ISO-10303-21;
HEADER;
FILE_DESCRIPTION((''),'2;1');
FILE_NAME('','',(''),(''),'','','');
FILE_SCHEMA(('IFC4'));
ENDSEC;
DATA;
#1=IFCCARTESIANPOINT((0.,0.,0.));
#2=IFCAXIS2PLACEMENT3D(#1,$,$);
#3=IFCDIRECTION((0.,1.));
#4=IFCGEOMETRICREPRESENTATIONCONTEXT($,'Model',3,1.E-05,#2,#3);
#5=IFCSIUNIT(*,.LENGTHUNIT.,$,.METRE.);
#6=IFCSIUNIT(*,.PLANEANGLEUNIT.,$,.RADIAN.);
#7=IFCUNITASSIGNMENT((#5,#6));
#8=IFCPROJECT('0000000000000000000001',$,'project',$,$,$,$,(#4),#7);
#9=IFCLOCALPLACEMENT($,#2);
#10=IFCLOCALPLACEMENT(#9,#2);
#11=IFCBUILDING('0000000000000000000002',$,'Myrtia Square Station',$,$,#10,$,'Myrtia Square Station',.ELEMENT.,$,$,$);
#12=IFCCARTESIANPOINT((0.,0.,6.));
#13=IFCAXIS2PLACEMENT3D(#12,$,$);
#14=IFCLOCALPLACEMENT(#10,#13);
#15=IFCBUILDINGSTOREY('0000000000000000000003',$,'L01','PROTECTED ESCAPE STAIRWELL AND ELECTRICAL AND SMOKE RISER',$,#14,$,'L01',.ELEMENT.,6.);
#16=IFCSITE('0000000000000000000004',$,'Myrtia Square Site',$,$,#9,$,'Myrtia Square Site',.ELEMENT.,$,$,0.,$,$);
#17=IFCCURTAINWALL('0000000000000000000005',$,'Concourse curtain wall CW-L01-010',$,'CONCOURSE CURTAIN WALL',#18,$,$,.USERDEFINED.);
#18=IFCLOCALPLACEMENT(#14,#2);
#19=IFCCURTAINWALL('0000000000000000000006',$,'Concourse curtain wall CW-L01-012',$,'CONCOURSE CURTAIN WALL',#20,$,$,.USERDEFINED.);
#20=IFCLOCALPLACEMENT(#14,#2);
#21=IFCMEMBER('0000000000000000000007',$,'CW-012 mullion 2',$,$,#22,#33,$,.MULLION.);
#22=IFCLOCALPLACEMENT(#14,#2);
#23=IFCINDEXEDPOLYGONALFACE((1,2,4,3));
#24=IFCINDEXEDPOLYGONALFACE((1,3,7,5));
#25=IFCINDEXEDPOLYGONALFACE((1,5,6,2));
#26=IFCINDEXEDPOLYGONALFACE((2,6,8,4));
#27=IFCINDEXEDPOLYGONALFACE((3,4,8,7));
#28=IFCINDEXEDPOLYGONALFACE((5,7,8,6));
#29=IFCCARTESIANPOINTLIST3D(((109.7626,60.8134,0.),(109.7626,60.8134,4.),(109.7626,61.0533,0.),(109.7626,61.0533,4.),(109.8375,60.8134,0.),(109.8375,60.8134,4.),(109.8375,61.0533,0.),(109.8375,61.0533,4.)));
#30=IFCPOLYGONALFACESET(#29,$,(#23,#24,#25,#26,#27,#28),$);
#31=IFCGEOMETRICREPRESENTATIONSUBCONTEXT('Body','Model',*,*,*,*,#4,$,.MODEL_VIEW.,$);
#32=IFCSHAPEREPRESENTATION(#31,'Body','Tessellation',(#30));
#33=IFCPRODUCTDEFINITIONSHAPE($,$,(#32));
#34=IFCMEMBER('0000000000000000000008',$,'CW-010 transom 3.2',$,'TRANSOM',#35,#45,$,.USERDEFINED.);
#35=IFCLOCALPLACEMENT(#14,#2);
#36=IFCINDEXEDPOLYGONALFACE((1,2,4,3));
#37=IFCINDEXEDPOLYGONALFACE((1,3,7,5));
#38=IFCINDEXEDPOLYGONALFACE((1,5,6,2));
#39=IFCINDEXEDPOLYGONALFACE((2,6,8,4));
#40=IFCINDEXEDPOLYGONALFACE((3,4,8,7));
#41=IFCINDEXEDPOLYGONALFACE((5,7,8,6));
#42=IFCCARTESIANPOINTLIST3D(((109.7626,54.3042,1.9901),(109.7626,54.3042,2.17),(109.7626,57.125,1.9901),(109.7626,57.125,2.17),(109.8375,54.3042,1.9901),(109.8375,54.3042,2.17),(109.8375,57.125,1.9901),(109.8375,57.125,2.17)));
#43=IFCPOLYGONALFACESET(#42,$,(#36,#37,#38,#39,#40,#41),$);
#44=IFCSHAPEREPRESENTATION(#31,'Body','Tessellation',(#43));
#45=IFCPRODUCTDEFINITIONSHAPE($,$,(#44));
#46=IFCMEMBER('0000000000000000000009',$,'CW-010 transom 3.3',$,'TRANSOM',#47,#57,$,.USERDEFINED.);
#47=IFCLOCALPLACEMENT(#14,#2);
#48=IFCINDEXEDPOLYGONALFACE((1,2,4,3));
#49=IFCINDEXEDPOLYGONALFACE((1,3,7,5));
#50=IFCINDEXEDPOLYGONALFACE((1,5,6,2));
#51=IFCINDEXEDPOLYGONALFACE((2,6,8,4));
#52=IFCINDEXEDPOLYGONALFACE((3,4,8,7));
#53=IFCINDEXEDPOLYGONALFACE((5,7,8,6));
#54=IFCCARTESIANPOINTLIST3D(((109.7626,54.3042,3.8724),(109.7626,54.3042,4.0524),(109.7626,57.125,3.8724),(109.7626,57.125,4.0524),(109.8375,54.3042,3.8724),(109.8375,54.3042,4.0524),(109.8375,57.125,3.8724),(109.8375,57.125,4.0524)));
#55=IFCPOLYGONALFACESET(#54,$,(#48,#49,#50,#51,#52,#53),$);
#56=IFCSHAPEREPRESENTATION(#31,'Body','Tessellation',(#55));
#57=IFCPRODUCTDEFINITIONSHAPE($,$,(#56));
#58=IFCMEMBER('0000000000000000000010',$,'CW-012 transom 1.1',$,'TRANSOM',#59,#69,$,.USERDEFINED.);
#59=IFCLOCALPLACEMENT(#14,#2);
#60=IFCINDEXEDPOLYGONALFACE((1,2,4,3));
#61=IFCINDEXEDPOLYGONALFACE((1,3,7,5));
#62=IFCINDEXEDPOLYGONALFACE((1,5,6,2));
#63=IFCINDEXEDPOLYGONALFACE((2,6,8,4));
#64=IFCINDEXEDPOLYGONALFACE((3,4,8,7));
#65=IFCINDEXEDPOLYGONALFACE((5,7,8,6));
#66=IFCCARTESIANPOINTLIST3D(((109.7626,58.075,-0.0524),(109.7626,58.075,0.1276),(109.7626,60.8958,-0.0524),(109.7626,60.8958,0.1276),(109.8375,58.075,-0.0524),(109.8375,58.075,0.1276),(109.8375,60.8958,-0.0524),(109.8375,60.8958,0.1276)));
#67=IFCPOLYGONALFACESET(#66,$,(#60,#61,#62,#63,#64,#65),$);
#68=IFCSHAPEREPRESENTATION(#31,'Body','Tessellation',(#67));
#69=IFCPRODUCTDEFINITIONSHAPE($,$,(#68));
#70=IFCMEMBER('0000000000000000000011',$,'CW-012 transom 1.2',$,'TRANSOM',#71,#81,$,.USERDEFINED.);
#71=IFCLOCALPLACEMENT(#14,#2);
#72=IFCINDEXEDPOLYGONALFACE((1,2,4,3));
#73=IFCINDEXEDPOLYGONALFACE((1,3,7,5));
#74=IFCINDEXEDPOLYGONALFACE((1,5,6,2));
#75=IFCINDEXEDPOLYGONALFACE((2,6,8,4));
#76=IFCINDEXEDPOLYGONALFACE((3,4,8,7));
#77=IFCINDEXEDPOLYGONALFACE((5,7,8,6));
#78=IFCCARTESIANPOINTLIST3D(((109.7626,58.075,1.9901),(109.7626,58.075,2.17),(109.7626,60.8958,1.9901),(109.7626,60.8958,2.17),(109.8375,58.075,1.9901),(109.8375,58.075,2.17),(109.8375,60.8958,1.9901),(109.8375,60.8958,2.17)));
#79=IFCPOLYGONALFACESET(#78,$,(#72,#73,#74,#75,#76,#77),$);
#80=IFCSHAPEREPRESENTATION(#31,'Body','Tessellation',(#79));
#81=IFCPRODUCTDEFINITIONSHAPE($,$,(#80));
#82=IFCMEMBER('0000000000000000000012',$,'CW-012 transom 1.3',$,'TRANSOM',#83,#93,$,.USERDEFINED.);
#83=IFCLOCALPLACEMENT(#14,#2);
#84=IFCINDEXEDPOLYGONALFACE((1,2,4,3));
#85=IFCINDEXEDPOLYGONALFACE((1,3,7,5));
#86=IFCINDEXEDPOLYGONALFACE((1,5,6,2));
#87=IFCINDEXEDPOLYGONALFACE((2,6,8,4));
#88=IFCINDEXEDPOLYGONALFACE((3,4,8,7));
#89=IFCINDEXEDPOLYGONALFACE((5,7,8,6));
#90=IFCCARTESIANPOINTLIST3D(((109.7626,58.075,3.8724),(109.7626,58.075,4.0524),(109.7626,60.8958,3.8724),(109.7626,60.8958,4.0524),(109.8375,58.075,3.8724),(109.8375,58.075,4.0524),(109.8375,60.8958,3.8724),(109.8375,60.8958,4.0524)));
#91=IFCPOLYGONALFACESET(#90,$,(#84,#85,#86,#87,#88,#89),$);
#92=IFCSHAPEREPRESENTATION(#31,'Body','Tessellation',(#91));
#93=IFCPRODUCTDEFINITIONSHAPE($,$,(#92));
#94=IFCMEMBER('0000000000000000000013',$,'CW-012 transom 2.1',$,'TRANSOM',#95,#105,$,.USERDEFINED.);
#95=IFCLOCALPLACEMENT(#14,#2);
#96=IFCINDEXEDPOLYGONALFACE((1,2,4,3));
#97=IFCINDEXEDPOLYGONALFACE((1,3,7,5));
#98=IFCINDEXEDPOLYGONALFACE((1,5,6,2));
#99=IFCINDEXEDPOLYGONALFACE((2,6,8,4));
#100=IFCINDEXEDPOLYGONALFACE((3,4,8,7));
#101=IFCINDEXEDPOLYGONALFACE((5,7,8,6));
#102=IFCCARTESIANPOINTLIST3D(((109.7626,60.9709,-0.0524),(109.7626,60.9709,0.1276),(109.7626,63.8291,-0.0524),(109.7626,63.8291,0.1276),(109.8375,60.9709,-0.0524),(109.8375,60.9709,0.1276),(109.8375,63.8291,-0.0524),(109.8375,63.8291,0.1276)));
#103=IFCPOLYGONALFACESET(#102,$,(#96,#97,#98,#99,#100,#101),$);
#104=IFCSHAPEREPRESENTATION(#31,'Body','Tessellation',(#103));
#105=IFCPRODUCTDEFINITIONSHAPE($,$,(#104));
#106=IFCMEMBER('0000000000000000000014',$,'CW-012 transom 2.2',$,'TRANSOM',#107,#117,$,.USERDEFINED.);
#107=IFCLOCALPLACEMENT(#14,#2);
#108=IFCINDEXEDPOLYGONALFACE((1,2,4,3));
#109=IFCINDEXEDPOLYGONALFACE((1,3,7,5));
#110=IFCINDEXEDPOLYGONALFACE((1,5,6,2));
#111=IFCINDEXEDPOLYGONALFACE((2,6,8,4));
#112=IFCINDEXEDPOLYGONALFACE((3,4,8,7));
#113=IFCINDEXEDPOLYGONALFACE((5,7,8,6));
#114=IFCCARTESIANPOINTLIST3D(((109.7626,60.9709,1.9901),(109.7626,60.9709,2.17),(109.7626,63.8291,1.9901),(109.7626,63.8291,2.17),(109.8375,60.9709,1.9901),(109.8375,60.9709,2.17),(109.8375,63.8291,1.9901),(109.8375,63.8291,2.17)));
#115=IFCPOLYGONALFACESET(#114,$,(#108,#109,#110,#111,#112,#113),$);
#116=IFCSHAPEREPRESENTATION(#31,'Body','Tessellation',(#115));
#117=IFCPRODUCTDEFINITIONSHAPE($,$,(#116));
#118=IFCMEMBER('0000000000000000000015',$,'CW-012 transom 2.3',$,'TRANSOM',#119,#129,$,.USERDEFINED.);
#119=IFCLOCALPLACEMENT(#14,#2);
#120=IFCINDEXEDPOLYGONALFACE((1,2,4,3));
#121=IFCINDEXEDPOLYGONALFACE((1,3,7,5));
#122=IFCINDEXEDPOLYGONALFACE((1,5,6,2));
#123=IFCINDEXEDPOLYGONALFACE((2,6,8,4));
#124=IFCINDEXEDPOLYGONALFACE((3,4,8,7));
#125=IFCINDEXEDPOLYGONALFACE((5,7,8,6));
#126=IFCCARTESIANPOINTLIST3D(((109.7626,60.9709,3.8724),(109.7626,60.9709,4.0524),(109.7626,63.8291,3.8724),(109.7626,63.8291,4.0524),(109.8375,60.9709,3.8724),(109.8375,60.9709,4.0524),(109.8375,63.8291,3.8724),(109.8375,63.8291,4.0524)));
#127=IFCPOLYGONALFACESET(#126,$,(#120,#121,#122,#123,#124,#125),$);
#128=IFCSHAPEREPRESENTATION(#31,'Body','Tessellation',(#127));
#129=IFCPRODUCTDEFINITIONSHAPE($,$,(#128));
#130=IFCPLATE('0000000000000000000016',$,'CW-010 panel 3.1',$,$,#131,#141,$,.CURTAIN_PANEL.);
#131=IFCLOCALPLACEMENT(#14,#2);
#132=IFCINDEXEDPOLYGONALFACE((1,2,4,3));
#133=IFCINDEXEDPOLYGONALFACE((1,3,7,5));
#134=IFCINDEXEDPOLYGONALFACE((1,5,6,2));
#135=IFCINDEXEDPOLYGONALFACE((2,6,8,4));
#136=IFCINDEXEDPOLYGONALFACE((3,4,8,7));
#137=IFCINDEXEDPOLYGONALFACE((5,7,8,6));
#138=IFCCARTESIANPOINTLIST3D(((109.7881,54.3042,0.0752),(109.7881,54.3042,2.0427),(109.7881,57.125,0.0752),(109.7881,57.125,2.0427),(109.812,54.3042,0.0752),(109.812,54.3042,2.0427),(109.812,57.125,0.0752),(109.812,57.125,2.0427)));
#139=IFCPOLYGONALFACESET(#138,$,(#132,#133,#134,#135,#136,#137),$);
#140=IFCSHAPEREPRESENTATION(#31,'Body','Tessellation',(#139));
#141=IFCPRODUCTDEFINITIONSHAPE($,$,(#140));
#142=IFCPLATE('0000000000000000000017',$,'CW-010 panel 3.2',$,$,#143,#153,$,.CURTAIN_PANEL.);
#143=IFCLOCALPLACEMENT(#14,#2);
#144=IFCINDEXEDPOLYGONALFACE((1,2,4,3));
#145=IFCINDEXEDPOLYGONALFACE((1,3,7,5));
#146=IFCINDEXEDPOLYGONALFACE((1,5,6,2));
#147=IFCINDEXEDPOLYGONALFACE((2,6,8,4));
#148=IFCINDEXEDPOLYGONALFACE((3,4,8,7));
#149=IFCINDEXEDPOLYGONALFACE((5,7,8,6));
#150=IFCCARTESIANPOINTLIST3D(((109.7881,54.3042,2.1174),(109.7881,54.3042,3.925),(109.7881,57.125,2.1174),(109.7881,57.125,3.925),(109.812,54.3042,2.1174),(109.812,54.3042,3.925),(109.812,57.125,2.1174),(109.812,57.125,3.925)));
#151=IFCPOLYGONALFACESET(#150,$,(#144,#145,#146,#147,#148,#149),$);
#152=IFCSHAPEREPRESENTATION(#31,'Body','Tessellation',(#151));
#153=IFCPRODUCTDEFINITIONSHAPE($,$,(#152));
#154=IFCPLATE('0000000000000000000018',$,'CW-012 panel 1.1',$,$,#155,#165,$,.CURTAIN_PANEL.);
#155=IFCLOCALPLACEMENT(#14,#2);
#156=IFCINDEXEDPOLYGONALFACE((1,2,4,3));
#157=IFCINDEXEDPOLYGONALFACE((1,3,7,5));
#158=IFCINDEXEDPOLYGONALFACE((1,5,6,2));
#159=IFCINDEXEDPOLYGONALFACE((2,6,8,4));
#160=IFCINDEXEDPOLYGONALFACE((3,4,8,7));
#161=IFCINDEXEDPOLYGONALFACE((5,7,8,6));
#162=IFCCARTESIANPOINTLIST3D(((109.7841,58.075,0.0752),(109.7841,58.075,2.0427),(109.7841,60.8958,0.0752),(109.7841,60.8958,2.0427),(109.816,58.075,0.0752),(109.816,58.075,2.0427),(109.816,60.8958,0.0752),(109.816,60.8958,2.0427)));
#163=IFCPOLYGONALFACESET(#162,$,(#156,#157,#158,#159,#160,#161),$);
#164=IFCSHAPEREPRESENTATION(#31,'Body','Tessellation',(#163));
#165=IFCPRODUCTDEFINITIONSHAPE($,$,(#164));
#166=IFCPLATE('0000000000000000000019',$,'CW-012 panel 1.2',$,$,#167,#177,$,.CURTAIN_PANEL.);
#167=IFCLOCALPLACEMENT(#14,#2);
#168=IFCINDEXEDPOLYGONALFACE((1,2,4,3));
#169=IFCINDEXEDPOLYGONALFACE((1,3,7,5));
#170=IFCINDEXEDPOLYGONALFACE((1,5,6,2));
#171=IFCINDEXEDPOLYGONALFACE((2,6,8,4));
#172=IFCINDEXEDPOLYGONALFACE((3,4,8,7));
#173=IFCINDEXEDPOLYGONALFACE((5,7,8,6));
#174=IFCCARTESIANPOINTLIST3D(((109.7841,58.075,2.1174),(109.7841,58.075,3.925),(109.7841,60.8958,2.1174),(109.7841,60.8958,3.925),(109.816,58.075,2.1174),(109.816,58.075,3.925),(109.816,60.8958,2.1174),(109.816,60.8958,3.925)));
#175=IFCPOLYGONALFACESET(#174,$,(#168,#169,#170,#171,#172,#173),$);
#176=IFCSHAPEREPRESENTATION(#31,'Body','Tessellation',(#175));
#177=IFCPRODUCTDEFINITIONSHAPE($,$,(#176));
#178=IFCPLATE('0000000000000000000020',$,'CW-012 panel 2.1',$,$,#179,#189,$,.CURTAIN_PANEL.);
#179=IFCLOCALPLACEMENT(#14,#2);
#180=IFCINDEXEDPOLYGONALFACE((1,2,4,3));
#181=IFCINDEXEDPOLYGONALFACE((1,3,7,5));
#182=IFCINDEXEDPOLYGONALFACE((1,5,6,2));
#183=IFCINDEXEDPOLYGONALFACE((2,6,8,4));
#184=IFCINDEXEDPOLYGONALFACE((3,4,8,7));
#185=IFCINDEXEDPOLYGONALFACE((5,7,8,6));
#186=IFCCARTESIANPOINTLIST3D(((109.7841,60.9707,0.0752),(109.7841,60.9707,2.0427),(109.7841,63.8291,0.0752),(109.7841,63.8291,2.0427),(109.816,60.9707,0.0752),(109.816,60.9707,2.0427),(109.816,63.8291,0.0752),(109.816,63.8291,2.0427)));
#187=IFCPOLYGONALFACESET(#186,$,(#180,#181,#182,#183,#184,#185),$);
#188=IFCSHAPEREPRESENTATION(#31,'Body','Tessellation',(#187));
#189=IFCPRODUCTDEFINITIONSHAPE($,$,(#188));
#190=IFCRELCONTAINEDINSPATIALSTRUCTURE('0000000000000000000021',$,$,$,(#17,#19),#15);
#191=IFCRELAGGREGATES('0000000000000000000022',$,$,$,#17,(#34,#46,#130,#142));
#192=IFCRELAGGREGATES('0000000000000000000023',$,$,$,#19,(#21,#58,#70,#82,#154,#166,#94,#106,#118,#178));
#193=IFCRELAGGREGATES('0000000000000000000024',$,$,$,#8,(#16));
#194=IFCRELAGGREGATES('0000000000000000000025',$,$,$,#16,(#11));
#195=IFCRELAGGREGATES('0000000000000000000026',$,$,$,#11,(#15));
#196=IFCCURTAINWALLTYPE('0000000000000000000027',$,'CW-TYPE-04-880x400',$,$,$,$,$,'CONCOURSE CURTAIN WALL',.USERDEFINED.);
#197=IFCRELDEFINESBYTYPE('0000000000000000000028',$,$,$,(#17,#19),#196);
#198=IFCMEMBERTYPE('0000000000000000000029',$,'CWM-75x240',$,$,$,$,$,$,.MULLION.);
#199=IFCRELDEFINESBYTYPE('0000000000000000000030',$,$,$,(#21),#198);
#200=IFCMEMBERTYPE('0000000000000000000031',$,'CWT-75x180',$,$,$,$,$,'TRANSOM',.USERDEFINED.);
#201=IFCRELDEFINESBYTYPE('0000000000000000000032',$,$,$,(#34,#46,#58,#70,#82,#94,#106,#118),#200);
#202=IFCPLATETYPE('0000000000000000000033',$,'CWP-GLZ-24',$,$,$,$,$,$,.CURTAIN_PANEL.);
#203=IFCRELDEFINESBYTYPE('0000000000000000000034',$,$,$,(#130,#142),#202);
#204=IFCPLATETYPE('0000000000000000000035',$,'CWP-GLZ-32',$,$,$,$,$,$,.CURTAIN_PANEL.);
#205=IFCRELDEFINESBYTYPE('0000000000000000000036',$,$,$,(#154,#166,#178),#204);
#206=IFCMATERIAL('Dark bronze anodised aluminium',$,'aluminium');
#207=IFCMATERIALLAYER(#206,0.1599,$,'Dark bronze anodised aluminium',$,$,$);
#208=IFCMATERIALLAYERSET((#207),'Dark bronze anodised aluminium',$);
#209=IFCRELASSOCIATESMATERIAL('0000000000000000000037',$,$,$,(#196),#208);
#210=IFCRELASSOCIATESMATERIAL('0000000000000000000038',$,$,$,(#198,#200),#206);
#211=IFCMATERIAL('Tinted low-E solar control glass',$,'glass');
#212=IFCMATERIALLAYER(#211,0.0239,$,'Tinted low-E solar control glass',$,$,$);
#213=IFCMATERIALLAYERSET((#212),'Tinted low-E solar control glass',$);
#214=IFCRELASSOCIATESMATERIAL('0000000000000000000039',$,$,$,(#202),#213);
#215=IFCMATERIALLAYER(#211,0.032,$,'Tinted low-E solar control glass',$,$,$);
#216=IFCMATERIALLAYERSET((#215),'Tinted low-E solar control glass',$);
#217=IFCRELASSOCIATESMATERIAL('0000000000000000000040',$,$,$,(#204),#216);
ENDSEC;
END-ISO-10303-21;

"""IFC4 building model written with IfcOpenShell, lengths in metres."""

from ifc_helpers import new_model, si_unit, direction, frame, origin, origin_2d, place, context, subcontext, project, spatial, rectangle, extrude, material, layer, layer_set, material_profile, profile_set, type_object, element, aggregate, save


model = new_model("IFC4")

# Units and contexts
model_context = context("Model", 3, precision=1e-05, world=origin(), true_north=direction((0.0, 1.0)))
body_context = subcontext(model_context, "Body", "Model", "MODEL_VIEW")
ifc_project = project(units=[si_unit("LENGTHUNIT", "METRE"), si_unit("PLANEANGLEUNIT", "RADIAN")], contexts=[model_context])

# Site, building, storey
site_placement = place(None, origin())
site = spatial("IfcSite", under=ifc_project, at=site_placement, Name="Myrtia Square Site", LongName="Myrtia Square Site", CompositionType="ELEMENT", RefElevation=0.0)
building_placement = place(site_placement, origin())
building = spatial("IfcBuilding", under=site, at=building_placement, Name="Myrtia Square Station", LongName="Myrtia Square Station", CompositionType="ELEMENT")
storey_placement = place(building_placement, frame((0.0, 0.0, 6.0)))
storey = spatial("IfcBuildingStorey", under=building, at=storey_placement, Name="L01", Description="PROTECTED ESCAPE STAIRWELL AND ELECTRICAL AND SMOKE RISER", LongName="L01", CompositionType="ELEMENT", Elevation=6.0)

# Curtain wall
ifc_material_1 = material(Name="Dark bronze anodised aluminium", Category="aluminium")
ifc_layer_1 = layer(ifc_material_1, 0.1599, Name="Dark bronze anodised aluminium")
ifc_layer_set_1 = layer_set([ifc_layer_1], Name="Dark bronze anodised aluminium")
curtain_wall_type = type_object("IfcCurtainWallType", Name="CW-TYPE-04-880x400", ElementType="CONCOURSE CURTAIN WALL", PredefinedType="USERDEFINED", material=ifc_layer_set_1)
curtain_wall_1_placement = place(storey_placement, origin())
curtain_wall_1 = element("IfcCurtainWall", 1, at=curtain_wall_1_placement, inside=storey, type_object=curtain_wall_type, Name="Concourse curtain wall CW-L01-010", ObjectType="CONCOURSE CURTAIN WALL", PredefinedType="USERDEFINED")
ifc_material_profile_1 = material_profile(ifc_material_1, rectangle(XDim=0.075, YDim=0.24, at=origin_2d()), Name="ALU-M 75x240")
ifc_profile_set_1 = profile_set([ifc_material_profile_1], Name="Dark bronze anodised aluminium")
member_type_1 = type_object("IfcMemberType", Name="CWM-75x240", PredefinedType="MULLION", material=ifc_profile_set_1)

# Curtain wall, member
curtain_wall_2_placement = place(storey_placement, origin())
curtain_wall_2 = element("IfcCurtainWall", 2, at=curtain_wall_2_placement, inside=storey, type_object=curtain_wall_type, Name="Concourse curtain wall CW-L01-012", ObjectType="CONCOURSE CURTAIN WALL", PredefinedType="USERDEFINED")
member_1_placement = place(storey_placement, frame((109.8, 60.9333, 0.0), z_axis=(0.0, 0.0, 1.0), x_axis=(-1.0, 0.0, 0.0)))
member_1 = element("IfcMember", 3, at=member_1_placement, type_object=member_type_1, Name="CW-012 mullion 2", PredefinedType="MULLION", context=body_context, shape_type="SweptSolid", body=[
    extrude(rectangle(XDim=0.075, YDim=0.24, at=origin_2d()), origin(), (0.0, 0.0, 1.0), 4.0),
])

# Members
ifc_material_profile_2 = material_profile(ifc_material_1, rectangle(XDim=0.075, YDim=0.1799, at=origin_2d()), Name="ALU-T 75x180")
ifc_profile_set_2 = profile_set([ifc_material_profile_2], Name="Dark bronze anodised aluminium")
member_type_2 = type_object("IfcMemberType", Name="CWT-75x180", ElementType="TRANSOM", PredefinedType="USERDEFINED", material=ifc_profile_set_2)
member_2_placement = place(storey_placement, frame((109.8, 54.3042, 2.0801), z_axis=(0.0, 1.0, 0.0), x_axis=(-1.0, 0.0, 0.0)))
member_2 = element("IfcMember", 4, at=member_2_placement, type_object=member_type_2, Name="CW-010 transom 3.2", ObjectType="TRANSOM", PredefinedType="USERDEFINED", context=body_context, shape_type="SweptSolid", body=[
    extrude(rectangle(XDim=0.075, YDim=0.1799, at=origin_2d()), origin(), (0.0, 0.0, 1.0), 2.8208),
])
member_3_placement = place(storey_placement, frame((109.8, 54.3042, 3.9624), z_axis=(0.0, 1.0, 0.0), x_axis=(-1.0, 0.0, 0.0)))
member_3 = element("IfcMember", 5, at=member_3_placement, type_object=member_type_2, Name="CW-010 transom 3.3", ObjectType="TRANSOM", PredefinedType="USERDEFINED", context=body_context, shape_type="SweptSolid", body=[
    extrude(rectangle(XDim=0.075, YDim=0.1799, at=origin_2d()), origin(), (0.0, 0.0, 1.0), 2.8208),
])
member_4_placement = place(storey_placement, frame((109.8, 58.075, 0.0376), z_axis=(0.0, 1.0, 0.0), x_axis=(-1.0, 0.0, 0.0)))
member_4 = element("IfcMember", 6, at=member_4_placement, type_object=member_type_2, Name="CW-012 transom 1.1", ObjectType="TRANSOM", PredefinedType="USERDEFINED", context=body_context, shape_type="SweptSolid", body=[
    extrude(rectangle(XDim=0.075, YDim=0.1799, at=origin_2d()), origin(), (0.0, 0.0, 1.0), 2.8208),
])
member_5_placement = place(storey_placement, frame((109.8, 58.075, 2.0801), z_axis=(0.0, 1.0, 0.0), x_axis=(-1.0, 0.0, 0.0)))
member_5 = element("IfcMember", 7, at=member_5_placement, type_object=member_type_2, Name="CW-012 transom 1.2", ObjectType="TRANSOM", PredefinedType="USERDEFINED", context=body_context, shape_type="SweptSolid", body=[
    extrude(rectangle(XDim=0.075, YDim=0.1799, at=origin_2d()), origin(), (0.0, 0.0, 1.0), 2.8208),
])
member_6_placement = place(storey_placement, frame((109.8, 58.075, 3.9624), z_axis=(0.0, 1.0, 0.0), x_axis=(-1.0, 0.0, 0.0)))
member_6 = element("IfcMember", 8, at=member_6_placement, type_object=member_type_2, Name="CW-012 transom 1.3", ObjectType="TRANSOM", PredefinedType="USERDEFINED", context=body_context, shape_type="SweptSolid", body=[
    extrude(rectangle(XDim=0.075, YDim=0.1799, at=origin_2d()), origin(), (0.0, 0.0, 1.0), 2.8208),
])
member_7_placement = place(storey_placement, frame((109.8, 60.9709, 0.0376), z_axis=(0.0, 1.0, 0.0), x_axis=(-1.0, 0.0, 0.0)))
member_7 = element("IfcMember", 9, at=member_7_placement, type_object=member_type_2, Name="CW-012 transom 2.1", ObjectType="TRANSOM", PredefinedType="USERDEFINED", context=body_context, shape_type="SweptSolid", body=[
    extrude(rectangle(XDim=0.075, YDim=0.1799, at=origin_2d()), origin(), (0.0, 0.0, 1.0), 2.8582),
])
member_8_placement = place(storey_placement, frame((109.8, 60.9709, 2.0801), z_axis=(0.0, 1.0, 0.0), x_axis=(-1.0, 0.0, 0.0)))
member_8 = element("IfcMember", 10, at=member_8_placement, type_object=member_type_2, Name="CW-012 transom 2.2", ObjectType="TRANSOM", PredefinedType="USERDEFINED", context=body_context, shape_type="SweptSolid", body=[
    extrude(rectangle(XDim=0.075, YDim=0.1799, at=origin_2d()), origin(), (0.0, 0.0, 1.0), 2.8582),
])
member_9_placement = place(storey_placement, frame((109.8, 60.9709, 3.9624), z_axis=(0.0, 1.0, 0.0), x_axis=(-1.0, 0.0, 0.0)))
member_9 = element("IfcMember", 11, at=member_9_placement, type_object=member_type_2, Name="CW-012 transom 2.3", ObjectType="TRANSOM", PredefinedType="USERDEFINED", context=body_context, shape_type="SweptSolid", body=[
    extrude(rectangle(XDim=0.075, YDim=0.1799, at=origin_2d()), origin(), (0.0, 0.0, 1.0), 2.8582),
])

# Plates
ifc_material_2 = material(Name="Tinted low-E solar control glass", Category="glass")
ifc_layer_2 = layer(ifc_material_2, 0.0239, Name="Tinted low-E solar control glass")
ifc_layer_set_2 = layer_set([ifc_layer_2], Name="Tinted low-E solar control glass")
plate_type_1 = type_object("IfcPlateType", Name="CWP-GLZ-24", PredefinedType="CURTAIN_PANEL", material=ifc_layer_set_2)
plate_1_placement = place(storey_placement, frame((109.8, 55.7146, 0.0752), z_axis=(0.0, 0.0, 1.0), x_axis=(0.0, 1.0, 0.0)))
plate_1 = element("IfcPlate", 12, at=plate_1_placement, type_object=plate_type_1, Name="CW-010 panel 3.1", PredefinedType="CURTAIN_PANEL", context=body_context, shape_type="SweptSolid", body=[
    extrude(rectangle(XDim=2.8208, YDim=0.0239, at=origin_2d()), origin(), (0.0, 0.0, 1.0), 1.9675),
])
plate_2_placement = place(storey_placement, frame((109.8, 55.7146, 2.1174), z_axis=(0.0, 0.0, 1.0), x_axis=(0.0, 1.0, 0.0)))
plate_2 = element("IfcPlate", 13, at=plate_2_placement, type_object=plate_type_1, Name="CW-010 panel 3.2", PredefinedType="CURTAIN_PANEL", context=body_context, shape_type="SweptSolid", body=[
    extrude(rectangle(XDim=2.8208, YDim=0.0239, at=origin_2d()), origin(), (0.0, 0.0, 1.0), 1.8076),
])
aggregate(curtain_wall_1, [member_2, member_3, plate_1, plate_2])
ifc_layer_3 = layer(ifc_material_2, 0.032, Name="Tinted low-E solar control glass")
ifc_layer_set_3 = layer_set([ifc_layer_3], Name="Tinted low-E solar control glass")
plate_type_2 = type_object("IfcPlateType", Name="CWP-GLZ-32", PredefinedType="CURTAIN_PANEL", material=ifc_layer_set_3)
plate_3_placement = place(storey_placement, frame((109.8, 59.4854, 0.0752), z_axis=(0.0, 0.0, 1.0), x_axis=(0.0, 1.0, 0.0)))
plate_3 = element("IfcPlate", 14, at=plate_3_placement, type_object=plate_type_2, Name="CW-012 panel 1.1", PredefinedType="CURTAIN_PANEL", context=body_context, shape_type="SweptSolid", body=[
    extrude(rectangle(XDim=2.8208, YDim=0.032, at=origin_2d()), origin(), (0.0, 0.0, 1.0), 1.9675),
])
plate_4_placement = place(storey_placement, frame((109.8, 59.4854, 2.1174), z_axis=(0.0, 0.0, 1.0), x_axis=(0.0, 1.0, 0.0)))
plate_4 = element("IfcPlate", 15, at=plate_4_placement, type_object=plate_type_2, Name="CW-012 panel 1.2", PredefinedType="CURTAIN_PANEL", context=body_context, shape_type="SweptSolid", body=[
    extrude(rectangle(XDim=2.8208, YDim=0.032, at=origin_2d()), origin(), (0.0, 0.0, 1.0), 1.8076),
])
plate_5_placement = place(storey_placement, frame((109.8, 62.3999, 0.0752), z_axis=(0.0, 0.0, 1.0), x_axis=(0.0, 1.0, 0.0)))
plate_5 = element("IfcPlate", 16, at=plate_5_placement, type_object=plate_type_2, Name="CW-012 panel 2.1", PredefinedType="CURTAIN_PANEL", context=body_context, shape_type="SweptSolid", body=[
    extrude(rectangle(XDim=2.8584, YDim=0.032, at=origin_2d()), origin(), (0.0, 0.0, 1.0), 1.9675),
])
aggregate(curtain_wall_2, [member_1, member_4, member_5, member_6, plate_3, plate_4, member_7, member_8, member_9, plate_5])

save(model, "model.ifc")
